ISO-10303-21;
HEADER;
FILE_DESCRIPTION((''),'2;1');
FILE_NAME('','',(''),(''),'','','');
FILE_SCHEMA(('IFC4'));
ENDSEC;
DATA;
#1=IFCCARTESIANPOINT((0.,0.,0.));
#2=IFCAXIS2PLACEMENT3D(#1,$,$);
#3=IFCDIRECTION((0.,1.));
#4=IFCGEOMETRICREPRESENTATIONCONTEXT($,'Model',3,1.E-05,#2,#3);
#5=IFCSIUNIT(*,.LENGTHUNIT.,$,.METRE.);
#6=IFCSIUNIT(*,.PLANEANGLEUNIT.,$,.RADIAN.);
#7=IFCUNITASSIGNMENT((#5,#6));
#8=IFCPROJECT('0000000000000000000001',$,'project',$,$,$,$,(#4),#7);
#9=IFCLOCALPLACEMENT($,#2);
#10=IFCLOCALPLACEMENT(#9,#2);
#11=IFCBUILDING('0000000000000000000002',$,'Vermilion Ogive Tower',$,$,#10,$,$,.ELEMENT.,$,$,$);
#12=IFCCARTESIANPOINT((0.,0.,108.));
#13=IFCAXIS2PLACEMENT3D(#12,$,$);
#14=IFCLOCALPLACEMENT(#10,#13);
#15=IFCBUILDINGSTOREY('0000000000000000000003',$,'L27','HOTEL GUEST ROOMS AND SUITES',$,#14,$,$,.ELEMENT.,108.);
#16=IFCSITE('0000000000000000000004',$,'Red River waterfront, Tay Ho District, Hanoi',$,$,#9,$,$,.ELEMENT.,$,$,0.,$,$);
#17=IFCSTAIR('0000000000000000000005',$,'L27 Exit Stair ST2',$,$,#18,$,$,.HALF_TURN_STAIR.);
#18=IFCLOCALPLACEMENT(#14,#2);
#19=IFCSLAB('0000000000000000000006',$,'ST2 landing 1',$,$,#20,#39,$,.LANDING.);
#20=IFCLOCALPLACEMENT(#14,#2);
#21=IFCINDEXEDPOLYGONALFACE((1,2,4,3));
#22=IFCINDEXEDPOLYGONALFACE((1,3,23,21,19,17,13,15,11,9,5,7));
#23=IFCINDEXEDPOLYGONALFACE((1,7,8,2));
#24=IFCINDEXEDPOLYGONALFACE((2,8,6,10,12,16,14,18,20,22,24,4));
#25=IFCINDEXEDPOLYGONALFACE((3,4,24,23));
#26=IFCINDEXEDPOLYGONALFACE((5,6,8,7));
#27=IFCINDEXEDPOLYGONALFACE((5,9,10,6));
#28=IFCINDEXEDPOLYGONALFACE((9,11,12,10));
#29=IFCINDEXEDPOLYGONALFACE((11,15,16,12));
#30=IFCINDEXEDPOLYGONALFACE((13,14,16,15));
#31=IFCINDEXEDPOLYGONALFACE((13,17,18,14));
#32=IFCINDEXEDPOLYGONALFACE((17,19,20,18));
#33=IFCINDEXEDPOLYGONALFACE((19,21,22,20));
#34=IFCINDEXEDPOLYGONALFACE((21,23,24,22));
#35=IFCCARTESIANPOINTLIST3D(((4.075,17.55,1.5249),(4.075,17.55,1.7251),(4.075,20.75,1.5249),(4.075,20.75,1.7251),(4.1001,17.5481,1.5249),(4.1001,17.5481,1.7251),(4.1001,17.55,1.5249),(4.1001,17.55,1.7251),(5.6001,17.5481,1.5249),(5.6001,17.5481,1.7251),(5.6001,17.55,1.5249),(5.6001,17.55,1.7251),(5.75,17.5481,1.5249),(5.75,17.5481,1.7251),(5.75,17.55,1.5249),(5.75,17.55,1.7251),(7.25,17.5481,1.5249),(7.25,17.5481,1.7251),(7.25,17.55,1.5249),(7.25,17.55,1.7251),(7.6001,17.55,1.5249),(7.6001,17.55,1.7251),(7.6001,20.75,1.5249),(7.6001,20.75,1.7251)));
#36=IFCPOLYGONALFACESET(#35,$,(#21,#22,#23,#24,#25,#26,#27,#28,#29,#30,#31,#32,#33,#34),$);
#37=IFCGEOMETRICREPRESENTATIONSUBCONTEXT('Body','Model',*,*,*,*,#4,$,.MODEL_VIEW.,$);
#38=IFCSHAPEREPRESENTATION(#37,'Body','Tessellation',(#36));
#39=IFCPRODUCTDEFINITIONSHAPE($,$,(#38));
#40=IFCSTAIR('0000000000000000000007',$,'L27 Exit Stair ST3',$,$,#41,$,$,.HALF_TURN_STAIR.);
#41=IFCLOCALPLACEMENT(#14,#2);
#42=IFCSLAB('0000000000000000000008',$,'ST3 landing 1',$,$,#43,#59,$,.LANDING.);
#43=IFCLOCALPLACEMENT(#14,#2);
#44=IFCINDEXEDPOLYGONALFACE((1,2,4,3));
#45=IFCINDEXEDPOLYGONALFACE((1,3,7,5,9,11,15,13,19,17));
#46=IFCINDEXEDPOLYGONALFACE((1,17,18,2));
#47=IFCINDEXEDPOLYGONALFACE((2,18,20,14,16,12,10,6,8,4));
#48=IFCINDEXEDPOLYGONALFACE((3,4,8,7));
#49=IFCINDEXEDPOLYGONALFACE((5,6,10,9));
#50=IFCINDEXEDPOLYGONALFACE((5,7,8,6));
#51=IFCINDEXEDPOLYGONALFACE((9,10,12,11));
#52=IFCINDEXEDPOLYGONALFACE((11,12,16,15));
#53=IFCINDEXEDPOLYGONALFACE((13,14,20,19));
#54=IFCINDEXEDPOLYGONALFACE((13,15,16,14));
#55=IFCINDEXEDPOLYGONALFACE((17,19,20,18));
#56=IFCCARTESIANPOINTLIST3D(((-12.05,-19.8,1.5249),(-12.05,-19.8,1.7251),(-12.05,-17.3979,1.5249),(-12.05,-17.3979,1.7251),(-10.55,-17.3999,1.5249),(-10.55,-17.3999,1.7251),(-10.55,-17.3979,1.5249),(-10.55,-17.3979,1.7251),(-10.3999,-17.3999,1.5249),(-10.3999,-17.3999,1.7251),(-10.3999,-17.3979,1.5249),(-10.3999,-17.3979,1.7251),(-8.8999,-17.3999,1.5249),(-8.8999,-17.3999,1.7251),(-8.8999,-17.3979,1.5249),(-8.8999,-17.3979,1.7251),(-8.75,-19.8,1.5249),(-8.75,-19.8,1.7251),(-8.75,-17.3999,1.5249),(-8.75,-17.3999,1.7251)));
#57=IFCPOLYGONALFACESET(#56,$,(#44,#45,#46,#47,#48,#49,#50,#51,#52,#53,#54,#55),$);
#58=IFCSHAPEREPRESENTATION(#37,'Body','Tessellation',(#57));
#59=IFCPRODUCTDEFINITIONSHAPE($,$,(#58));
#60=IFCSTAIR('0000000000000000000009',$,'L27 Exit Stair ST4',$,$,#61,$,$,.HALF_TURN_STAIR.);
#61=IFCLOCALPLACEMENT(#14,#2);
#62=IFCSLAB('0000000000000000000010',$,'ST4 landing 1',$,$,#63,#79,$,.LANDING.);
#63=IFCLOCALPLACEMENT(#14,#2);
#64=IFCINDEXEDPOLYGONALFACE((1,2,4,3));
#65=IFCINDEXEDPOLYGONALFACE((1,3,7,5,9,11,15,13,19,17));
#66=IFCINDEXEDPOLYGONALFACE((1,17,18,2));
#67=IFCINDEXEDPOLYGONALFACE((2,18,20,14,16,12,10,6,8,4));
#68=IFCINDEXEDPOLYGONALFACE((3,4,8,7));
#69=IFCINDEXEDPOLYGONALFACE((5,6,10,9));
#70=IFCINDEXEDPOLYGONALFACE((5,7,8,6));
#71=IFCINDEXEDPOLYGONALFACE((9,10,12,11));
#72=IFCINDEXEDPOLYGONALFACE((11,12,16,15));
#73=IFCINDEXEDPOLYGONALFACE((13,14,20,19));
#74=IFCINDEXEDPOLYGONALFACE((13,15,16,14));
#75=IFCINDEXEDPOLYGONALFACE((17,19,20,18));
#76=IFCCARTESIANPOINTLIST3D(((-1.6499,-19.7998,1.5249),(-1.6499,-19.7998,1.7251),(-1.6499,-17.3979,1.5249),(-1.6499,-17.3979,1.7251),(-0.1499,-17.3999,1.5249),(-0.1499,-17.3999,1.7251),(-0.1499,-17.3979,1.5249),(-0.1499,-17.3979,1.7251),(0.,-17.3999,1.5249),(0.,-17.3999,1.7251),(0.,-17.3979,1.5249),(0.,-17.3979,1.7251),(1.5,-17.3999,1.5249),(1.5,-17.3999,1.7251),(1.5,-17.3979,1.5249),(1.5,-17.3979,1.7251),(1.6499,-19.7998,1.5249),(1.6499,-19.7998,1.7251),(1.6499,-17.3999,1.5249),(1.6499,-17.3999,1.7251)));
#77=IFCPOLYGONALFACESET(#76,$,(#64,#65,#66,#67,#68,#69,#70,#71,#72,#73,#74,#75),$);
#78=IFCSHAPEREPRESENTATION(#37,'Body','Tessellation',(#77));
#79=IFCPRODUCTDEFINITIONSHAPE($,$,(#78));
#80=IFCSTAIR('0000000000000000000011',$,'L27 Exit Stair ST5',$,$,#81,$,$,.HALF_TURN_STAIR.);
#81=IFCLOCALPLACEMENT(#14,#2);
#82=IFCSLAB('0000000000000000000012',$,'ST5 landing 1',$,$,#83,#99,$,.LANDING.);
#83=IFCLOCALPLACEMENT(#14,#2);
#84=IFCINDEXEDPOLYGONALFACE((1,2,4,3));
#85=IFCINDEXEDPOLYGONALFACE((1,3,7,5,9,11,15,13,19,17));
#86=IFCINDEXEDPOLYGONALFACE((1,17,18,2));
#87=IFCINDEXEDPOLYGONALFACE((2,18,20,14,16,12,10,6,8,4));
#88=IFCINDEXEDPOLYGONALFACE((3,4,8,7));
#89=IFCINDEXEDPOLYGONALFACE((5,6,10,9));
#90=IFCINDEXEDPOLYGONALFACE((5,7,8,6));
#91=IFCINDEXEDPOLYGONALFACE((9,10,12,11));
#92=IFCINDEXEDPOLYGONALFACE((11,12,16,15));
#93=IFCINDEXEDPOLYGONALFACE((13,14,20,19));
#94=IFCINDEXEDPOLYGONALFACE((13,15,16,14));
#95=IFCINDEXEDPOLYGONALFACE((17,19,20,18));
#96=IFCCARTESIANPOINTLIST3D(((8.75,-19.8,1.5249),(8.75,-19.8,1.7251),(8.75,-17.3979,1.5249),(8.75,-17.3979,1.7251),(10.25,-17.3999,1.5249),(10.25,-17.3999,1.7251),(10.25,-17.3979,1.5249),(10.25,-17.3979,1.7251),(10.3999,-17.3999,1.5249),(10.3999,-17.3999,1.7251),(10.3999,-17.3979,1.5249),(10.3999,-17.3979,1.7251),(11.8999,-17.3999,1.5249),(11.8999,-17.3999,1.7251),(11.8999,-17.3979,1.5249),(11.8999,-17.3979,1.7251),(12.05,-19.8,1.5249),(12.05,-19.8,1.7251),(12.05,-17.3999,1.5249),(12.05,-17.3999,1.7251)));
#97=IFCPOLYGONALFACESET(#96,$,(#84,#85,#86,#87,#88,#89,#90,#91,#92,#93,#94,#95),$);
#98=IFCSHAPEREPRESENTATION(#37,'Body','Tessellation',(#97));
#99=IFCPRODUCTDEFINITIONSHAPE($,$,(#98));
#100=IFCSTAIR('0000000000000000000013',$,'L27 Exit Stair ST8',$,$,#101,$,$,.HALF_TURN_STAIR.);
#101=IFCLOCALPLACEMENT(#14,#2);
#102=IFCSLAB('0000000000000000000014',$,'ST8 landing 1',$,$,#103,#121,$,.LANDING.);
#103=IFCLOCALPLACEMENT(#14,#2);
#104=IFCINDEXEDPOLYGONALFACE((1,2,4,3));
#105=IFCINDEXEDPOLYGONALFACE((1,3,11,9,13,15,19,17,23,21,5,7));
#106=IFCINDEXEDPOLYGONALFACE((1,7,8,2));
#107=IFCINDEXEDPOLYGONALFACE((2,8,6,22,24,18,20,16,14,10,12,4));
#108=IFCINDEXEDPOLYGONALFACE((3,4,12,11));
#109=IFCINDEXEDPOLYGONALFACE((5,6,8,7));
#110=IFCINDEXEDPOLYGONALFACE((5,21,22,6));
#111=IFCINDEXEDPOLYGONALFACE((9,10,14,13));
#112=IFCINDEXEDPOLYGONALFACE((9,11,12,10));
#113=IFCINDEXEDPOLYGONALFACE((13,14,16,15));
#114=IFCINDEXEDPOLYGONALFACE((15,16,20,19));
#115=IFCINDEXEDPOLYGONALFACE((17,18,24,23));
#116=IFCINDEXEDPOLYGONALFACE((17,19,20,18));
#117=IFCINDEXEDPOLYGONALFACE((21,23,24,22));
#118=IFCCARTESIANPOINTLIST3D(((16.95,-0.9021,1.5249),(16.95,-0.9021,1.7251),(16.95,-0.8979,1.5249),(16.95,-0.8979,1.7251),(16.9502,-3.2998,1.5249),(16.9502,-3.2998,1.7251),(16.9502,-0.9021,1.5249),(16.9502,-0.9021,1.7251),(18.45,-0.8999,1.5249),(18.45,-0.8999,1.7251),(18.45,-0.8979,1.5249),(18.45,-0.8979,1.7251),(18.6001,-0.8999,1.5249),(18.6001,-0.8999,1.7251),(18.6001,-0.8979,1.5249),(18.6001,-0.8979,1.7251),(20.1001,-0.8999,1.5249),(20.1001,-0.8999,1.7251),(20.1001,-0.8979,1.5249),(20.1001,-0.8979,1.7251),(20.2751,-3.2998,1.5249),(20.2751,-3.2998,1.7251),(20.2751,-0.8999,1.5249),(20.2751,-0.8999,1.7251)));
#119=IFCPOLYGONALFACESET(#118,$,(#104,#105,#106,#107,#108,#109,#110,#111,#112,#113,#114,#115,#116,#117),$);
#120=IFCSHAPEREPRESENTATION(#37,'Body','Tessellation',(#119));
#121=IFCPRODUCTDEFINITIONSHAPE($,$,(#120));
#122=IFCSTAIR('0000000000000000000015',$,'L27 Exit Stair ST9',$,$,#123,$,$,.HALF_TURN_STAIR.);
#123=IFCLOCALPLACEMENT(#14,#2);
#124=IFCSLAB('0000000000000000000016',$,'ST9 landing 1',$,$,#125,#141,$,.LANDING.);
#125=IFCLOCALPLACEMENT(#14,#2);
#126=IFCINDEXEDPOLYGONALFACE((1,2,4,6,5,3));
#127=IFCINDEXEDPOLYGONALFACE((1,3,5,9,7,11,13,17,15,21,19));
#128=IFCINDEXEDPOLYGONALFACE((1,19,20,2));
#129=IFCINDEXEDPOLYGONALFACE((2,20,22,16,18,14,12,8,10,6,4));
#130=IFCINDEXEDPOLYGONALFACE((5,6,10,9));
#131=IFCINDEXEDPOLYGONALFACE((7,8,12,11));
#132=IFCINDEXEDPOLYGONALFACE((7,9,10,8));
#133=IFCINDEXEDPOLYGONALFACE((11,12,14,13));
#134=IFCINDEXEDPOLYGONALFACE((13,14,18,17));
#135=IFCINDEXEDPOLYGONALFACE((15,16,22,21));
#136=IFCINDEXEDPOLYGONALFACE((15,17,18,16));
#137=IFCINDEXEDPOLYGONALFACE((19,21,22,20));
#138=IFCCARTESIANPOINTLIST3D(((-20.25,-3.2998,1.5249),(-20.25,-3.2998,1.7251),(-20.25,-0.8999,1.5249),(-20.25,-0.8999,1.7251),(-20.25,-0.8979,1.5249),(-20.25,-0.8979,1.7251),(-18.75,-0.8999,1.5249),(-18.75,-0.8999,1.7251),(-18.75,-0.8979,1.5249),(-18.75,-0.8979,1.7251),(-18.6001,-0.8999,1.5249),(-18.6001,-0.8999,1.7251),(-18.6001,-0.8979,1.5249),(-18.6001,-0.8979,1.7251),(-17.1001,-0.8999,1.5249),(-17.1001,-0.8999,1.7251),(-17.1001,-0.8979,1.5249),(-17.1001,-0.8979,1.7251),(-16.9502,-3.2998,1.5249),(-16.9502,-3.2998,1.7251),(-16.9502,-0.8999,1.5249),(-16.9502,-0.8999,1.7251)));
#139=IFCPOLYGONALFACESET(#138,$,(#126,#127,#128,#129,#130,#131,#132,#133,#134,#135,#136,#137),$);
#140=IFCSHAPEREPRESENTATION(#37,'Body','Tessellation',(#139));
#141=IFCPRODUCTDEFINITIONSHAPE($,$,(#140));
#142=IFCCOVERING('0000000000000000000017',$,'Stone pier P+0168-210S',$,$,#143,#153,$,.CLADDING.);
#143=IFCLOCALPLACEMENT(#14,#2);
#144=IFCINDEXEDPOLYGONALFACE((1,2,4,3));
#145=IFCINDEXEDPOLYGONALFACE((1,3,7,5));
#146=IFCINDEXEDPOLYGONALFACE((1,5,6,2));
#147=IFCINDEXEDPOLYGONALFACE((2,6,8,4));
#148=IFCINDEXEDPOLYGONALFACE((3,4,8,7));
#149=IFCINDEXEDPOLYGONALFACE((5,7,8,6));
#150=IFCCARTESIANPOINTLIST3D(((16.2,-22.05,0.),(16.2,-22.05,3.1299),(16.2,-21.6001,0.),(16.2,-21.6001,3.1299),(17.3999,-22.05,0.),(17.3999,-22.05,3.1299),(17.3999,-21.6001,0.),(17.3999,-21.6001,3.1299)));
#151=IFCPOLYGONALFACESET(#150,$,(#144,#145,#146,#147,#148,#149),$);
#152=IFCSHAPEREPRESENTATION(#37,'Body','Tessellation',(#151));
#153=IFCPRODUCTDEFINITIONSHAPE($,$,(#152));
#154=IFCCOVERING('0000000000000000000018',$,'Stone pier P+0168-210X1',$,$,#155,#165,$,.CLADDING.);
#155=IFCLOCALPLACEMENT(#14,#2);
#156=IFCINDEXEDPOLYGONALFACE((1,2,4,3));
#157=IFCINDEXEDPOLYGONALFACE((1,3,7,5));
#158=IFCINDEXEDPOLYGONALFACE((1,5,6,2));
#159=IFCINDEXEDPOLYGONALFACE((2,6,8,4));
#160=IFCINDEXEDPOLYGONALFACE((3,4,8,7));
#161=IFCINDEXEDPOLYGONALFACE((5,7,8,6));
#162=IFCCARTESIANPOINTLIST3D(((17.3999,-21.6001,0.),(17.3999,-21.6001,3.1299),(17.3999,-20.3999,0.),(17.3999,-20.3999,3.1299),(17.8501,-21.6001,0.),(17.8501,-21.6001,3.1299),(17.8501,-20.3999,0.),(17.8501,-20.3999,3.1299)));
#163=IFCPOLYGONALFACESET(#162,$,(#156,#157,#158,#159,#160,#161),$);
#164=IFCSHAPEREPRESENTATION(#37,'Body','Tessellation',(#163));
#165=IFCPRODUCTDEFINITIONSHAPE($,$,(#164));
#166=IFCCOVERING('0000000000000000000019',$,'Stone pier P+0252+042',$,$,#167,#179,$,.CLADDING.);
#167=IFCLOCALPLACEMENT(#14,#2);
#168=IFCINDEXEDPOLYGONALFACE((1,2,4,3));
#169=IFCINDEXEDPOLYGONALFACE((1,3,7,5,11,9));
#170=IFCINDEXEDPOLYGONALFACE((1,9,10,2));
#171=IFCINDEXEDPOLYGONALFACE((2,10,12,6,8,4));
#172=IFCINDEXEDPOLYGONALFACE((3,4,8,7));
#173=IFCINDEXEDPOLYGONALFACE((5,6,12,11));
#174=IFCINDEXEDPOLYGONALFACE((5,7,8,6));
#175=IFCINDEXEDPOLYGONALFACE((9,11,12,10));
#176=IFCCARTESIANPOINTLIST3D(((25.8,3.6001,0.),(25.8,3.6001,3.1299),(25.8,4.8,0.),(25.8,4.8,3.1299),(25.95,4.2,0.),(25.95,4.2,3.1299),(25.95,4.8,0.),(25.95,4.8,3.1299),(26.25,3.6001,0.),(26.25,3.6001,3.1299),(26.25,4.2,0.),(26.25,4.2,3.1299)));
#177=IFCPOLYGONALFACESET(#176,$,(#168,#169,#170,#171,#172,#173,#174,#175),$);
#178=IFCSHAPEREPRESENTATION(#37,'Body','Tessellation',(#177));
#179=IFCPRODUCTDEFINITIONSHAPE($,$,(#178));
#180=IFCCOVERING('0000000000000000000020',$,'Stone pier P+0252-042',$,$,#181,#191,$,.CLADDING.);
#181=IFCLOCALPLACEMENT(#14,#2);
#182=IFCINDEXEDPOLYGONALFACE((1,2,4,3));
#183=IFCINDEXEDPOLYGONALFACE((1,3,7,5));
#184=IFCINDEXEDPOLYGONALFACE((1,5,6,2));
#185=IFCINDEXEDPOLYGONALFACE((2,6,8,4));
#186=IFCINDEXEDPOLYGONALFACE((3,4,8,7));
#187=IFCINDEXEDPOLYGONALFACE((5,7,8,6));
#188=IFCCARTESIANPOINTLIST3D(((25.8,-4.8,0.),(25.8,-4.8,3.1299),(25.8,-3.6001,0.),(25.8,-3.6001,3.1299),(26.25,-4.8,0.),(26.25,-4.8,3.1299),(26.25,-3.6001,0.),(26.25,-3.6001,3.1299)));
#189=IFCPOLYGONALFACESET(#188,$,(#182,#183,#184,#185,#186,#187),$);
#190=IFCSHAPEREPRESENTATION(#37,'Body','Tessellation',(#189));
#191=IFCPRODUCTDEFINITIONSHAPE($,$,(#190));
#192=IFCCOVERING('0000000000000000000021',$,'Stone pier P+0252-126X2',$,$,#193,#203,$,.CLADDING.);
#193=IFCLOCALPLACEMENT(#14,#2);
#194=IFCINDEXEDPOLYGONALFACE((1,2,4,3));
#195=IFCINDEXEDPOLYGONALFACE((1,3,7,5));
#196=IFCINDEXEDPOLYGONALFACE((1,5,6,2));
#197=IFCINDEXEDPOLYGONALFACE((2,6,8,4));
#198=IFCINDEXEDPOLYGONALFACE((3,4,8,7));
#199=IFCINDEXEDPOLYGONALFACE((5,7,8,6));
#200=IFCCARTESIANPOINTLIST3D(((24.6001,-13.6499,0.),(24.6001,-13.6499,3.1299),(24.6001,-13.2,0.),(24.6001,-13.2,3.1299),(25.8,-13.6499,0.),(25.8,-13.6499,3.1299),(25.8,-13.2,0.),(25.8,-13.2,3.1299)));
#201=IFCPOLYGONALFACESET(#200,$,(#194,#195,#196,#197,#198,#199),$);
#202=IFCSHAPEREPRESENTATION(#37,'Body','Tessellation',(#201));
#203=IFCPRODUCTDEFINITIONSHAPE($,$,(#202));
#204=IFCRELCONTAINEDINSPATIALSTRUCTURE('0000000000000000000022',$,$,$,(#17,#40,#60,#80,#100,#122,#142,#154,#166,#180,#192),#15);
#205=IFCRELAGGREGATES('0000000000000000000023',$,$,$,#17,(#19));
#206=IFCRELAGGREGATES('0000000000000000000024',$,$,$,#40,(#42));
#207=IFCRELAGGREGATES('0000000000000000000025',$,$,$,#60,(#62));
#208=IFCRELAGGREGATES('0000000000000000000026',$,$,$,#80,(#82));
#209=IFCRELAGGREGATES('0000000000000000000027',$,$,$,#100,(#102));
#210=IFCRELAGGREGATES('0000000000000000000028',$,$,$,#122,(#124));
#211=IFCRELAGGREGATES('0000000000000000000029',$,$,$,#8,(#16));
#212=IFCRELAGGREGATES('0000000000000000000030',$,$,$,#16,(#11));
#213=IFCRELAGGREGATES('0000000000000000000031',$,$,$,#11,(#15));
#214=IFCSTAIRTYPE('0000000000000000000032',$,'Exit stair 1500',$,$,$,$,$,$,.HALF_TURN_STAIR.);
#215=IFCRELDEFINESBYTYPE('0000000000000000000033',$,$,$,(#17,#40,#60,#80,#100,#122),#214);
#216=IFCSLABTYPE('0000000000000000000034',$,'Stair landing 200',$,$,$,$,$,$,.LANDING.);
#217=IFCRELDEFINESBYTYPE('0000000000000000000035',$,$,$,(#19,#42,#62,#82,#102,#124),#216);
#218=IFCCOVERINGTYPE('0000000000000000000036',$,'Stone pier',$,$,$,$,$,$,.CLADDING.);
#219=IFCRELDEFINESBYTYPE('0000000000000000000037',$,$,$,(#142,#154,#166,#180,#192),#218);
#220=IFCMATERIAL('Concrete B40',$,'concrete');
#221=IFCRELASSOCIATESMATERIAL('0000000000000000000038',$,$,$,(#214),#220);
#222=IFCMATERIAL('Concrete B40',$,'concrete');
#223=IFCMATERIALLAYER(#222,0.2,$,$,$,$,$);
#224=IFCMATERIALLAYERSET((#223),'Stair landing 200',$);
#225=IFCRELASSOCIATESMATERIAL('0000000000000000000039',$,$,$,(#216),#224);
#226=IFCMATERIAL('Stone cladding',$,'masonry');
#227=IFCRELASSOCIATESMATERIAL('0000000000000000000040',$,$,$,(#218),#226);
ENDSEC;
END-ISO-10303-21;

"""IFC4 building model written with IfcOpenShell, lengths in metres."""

from ifc_helpers import new_model, si_unit, direction, frame, origin, place, context, subcontext, project, spatial, polyline, outline, extrude, material, layer, layer_set, type_object, element, aggregate, save


model = new_model("IFC4")

# Units and contexts
model_context = context("Model", 3, precision=1e-05, world=origin(), true_north=direction((0.0, 1.0)))
body_context = subcontext(model_context, "Body", "Model", "MODEL_VIEW")
ifc_project = project(units=[si_unit("LENGTHUNIT", "METRE"), si_unit("PLANEANGLEUNIT", "RADIAN")], contexts=[model_context])

# Site, building, storey
site_placement = place(None, origin())
site = spatial("IfcSite", under=ifc_project, at=site_placement, Name="Red River waterfront, Tay Ho District, Hanoi", CompositionType="ELEMENT", RefElevation=0.0)
building_placement = place(site_placement, origin())
building = spatial("IfcBuilding", under=site, at=building_placement, Name="Vermilion Ogive Tower", CompositionType="ELEMENT")
storey_placement = place(building_placement, frame((0.0, 0.0, 108.0)))
storey = spatial("IfcBuildingStorey", under=building, at=storey_placement, Name="L27", Description="HOTEL GUEST ROOMS AND SUITES", CompositionType="ELEMENT", Elevation=108.0)

# Stairs, slabs
ifc_material_1 = material(Name="Concrete B40", Category="concrete")
stair_type = type_object("IfcStairType", Name="Exit stair 1500", PredefinedType="HALF_TURN_STAIR", material=ifc_material_1)
ifc_material_2 = material(Name="Concrete B40", Category="concrete")
ifc_layer_1 = layer(ifc_material_2, 0.2)
ifc_layer_set_1 = layer_set([ifc_layer_1], Name="Stair landing 200")
slab_type_1 = type_object("IfcSlabType", Name="Stair landing 200", PredefinedType="LANDING", material=ifc_layer_set_1)
stair_1_placement = place(storey_placement, origin())
stair_1 = element("IfcStair", 1, at=stair_1_placement, inside=storey, type_object=stair_type, Name="L27 Exit Stair ST2", PredefinedType="HALF_TURN_STAIR")
slab_1_placement = place(storey_placement, frame((0.0, 0.0, 1.5249)))
slab_1 = element("IfcSlab", 2, at=slab_1_placement, type_object=slab_type_1, Name="ST2 landing 1", PredefinedType="LANDING", context=body_context, shape_type="SweptSolid", body=[
    extrude(outline(polyline([(5.6001, 17.55), (5.75, 17.55), (5.75, 17.5481), (7.25, 17.5481), (7.25, 17.55), (7.6001, 17.55), (7.6001, 20.75), (4.075, 20.75), (4.075, 17.55), (4.1001, 17.55), (4.1001, 17.5481), (5.6001, 17.5481), (5.6001, 17.55)])), origin(), (0.0, 0.0, 1.0), 0.2002),
])
aggregate(stair_1, [slab_1])
stair_2_placement = place(storey_placement, origin())
stair_2 = element("IfcStair", 3, at=stair_2_placement, inside=storey, type_object=stair_type, Name="L27 Exit Stair ST3", PredefinedType="HALF_TURN_STAIR")
slab_2_placement = place(storey_placement, frame((0.0, 0.0, 1.5249)))
slab_2 = element("IfcSlab", 4, at=slab_2_placement, type_object=slab_type_1, Name="ST3 landing 1", PredefinedType="LANDING", context=body_context, shape_type="SweptSolid", body=[
    extrude(outline(polyline([(-8.75, -17.3999), (-8.8999, -17.3999), (-8.8999, -17.3979), (-10.3999, -17.3979), (-10.3999, -17.3999), (-10.55, -17.3999), (-10.55, -17.3979), (-12.05, -17.3979), (-12.05, -19.8), (-8.75, -19.8), (-8.75, -17.3999)])), origin(), (0.0, 0.0, 1.0), 0.2002),
])
aggregate(stair_2, [slab_2])
stair_3_placement = place(storey_placement, origin())
stair_3 = element("IfcStair", 5, at=stair_3_placement, inside=storey, type_object=stair_type, Name="L27 Exit Stair ST4", PredefinedType="HALF_TURN_STAIR")
slab_3_placement = place(storey_placement, frame((0.0, 0.0, 1.5249)))
slab_3 = element("IfcSlab", 6, at=slab_3_placement, type_object=slab_type_1, Name="ST4 landing 1", PredefinedType="LANDING", context=body_context, shape_type="SweptSolid", body=[
    extrude(outline(polyline([(1.6499, -17.3999), (1.5, -17.3999), (1.5, -17.3979), (0.0, -17.3979), (0.0, -17.3999), (-0.1499, -17.3999), (-0.1499, -17.3979), (-1.6499, -17.3979), (-1.6499, -19.7998), (1.6499, -19.7998), (1.6499, -17.3999)])), origin(), (0.0, 0.0, 1.0), 0.2002),
])
aggregate(stair_3, [slab_3])
stair_4_placement = place(storey_placement, origin())
stair_4 = element("IfcStair", 7, at=stair_4_placement, inside=storey, type_object=stair_type, Name="L27 Exit Stair ST5", PredefinedType="HALF_TURN_STAIR")
slab_4_placement = place(storey_placement, frame((0.0, 0.0, 1.5249)))
slab_4 = element("IfcSlab", 8, at=slab_4_placement, type_object=slab_type_1, Name="ST5 landing 1", PredefinedType="LANDING", context=body_context, shape_type="SweptSolid", body=[
    extrude(outline(polyline([(12.05, -17.3999), (11.8999, -17.3999), (11.8999, -17.3979), (10.3999, -17.3979), (10.3999, -17.3999), (10.25, -17.3999), (10.25, -17.3979), (8.75, -17.3979), (8.75, -19.8), (12.05, -19.8), (12.05, -17.3999)])), origin(), (0.0, 0.0, 1.0), 0.2002),
])
aggregate(stair_4, [slab_4])
stair_5_placement = place(storey_placement, origin())
stair_5 = element("IfcStair", 9, at=stair_5_placement, inside=storey, type_object=stair_type, Name="L27 Exit Stair ST8", PredefinedType="HALF_TURN_STAIR")
slab_5_placement = place(storey_placement, frame((0.0, 0.0, 1.5249)))
slab_5 = element("IfcSlab", 10, at=slab_5_placement, type_object=slab_type_1, Name="ST8 landing 1", PredefinedType="LANDING", context=body_context, shape_type="SweptSolid", body=[
    extrude(outline(polyline([(20.2751, -0.8999), (20.1001, -0.8999), (20.1001, -0.8979), (18.6001, -0.8979), (18.6001, -0.8999), (18.45, -0.8999), (18.45, -0.8979), (16.95, -0.8979), (16.95, -0.9021), (16.9502, -0.9021), (16.9502, -3.2998), (20.2751, -3.2998), (20.2751, -0.8999)])), origin(), (0.0, 0.0, 1.0), 0.2002),
])
aggregate(stair_5, [slab_5])
stair_6_placement = place(storey_placement, origin())
stair_6 = element("IfcStair", 11, at=stair_6_placement, inside=storey, type_object=stair_type, Name="L27 Exit Stair ST9", PredefinedType="HALF_TURN_STAIR")
slab_6_placement = place(storey_placement, frame((0.0, 0.0, 1.5249)))
slab_6 = element("IfcSlab", 12, at=slab_6_placement, type_object=slab_type_1, Name="ST9 landing 1", PredefinedType="LANDING", context=body_context, shape_type="SweptSolid", body=[
    extrude(outline(polyline([(-16.9502, -0.8999), (-17.1001, -0.8999), (-17.1001, -0.8979), (-18.6001, -0.8979), (-18.6001, -0.8999), (-18.75, -0.8999), (-18.75, -0.8979), (-20.25, -0.8979), (-20.25, -0.8999), (-20.25, -0.8999), (-20.25, -3.2998), (-16.9502, -3.2998), (-16.9502, -0.8999)])), origin(), (0.0, 0.0, 1.0), 0.2002),
])
aggregate(stair_6, [slab_6])

# Coverings
ifc_material_3 = material(Name="Stone cladding", Category="masonry")
covering_type = type_object("IfcCoveringType", Name="Stone pier", PredefinedType="CLADDING", material=ifc_material_3)
covering_1_placement = place(storey_placement, origin())
element("IfcCovering", 13, at=covering_1_placement, inside=storey, type_object=covering_type, Name="Stone pier P+0168-210S", PredefinedType="CLADDING", context=body_context, shape_type="SweptSolid", body=[
    extrude(outline(polyline([(17.3999, -22.05), (16.2, -22.05), (16.2, -21.6001), (17.3999, -21.6001), (17.3999, -22.05)])), origin(), (0.0, 0.0, 1.0), 3.1299),
])
covering_2_placement = place(storey_placement, origin())
element("IfcCovering", 14, at=covering_2_placement, inside=storey, type_object=covering_type, Name="Stone pier P+0168-210X1", PredefinedType="CLADDING", context=body_context, shape_type="SweptSolid", body=[
    extrude(outline(polyline([(17.8501, -21.6001), (17.3999, -21.6001), (17.3999, -20.3999), (17.8501, -20.3999), (17.8501, -21.6001)])), origin(), (0.0, 0.0, 1.0), 3.1299),
])
covering_3_placement = place(storey_placement, origin())
element("IfcCovering", 15, at=covering_3_placement, inside=storey, type_object=covering_type, Name="Stone pier P+0252+042", PredefinedType="CLADDING", context=body_context, shape_type="SweptSolid", body=[
    extrude(outline(polyline([(25.8, 4.8), (25.8, 4.8), (26.25, 4.8), (26.25, 4.8), (25.95, 4.8), (25.95, 4.2), (26.25, 4.2), (26.25, 3.6001), (25.8, 3.6001), (25.8, 3.6001), (25.8, 4.8)])), origin(), (0.0, 0.0, 1.0), 3.1299),
])
covering_4_placement = place(storey_placement, origin())
element("IfcCovering", 16, at=covering_4_placement, inside=storey, type_object=covering_type, Name="Stone pier P+0252-042", PredefinedType="CLADDING", context=body_context, shape_type="SweptSolid", body=[
    extrude(outline(polyline([(25.8, -3.6001), (26.25, -3.6001), (26.25, -4.8), (25.8, -4.8), (25.8, -4.8), (25.8, -3.6001)])), origin(), (0.0, 0.0, 1.0), 3.1299),
])
covering_5_placement = place(storey_placement, origin())
element("IfcCovering", 17, at=covering_5_placement, inside=storey, type_object=covering_type, Name="Stone pier P+0252-126X2", PredefinedType="CLADDING", context=body_context, shape_type="SweptSolid", body=[
    extrude(outline(polyline([(25.8, -13.2), (25.8, -13.6499), (24.6001, -13.6499), (24.6001, -13.2), (24.6001, -13.2), (25.8, -13.2)])), origin(), (0.0, 0.0, 1.0), 3.1299),
])

save(model, "model.ifc")
